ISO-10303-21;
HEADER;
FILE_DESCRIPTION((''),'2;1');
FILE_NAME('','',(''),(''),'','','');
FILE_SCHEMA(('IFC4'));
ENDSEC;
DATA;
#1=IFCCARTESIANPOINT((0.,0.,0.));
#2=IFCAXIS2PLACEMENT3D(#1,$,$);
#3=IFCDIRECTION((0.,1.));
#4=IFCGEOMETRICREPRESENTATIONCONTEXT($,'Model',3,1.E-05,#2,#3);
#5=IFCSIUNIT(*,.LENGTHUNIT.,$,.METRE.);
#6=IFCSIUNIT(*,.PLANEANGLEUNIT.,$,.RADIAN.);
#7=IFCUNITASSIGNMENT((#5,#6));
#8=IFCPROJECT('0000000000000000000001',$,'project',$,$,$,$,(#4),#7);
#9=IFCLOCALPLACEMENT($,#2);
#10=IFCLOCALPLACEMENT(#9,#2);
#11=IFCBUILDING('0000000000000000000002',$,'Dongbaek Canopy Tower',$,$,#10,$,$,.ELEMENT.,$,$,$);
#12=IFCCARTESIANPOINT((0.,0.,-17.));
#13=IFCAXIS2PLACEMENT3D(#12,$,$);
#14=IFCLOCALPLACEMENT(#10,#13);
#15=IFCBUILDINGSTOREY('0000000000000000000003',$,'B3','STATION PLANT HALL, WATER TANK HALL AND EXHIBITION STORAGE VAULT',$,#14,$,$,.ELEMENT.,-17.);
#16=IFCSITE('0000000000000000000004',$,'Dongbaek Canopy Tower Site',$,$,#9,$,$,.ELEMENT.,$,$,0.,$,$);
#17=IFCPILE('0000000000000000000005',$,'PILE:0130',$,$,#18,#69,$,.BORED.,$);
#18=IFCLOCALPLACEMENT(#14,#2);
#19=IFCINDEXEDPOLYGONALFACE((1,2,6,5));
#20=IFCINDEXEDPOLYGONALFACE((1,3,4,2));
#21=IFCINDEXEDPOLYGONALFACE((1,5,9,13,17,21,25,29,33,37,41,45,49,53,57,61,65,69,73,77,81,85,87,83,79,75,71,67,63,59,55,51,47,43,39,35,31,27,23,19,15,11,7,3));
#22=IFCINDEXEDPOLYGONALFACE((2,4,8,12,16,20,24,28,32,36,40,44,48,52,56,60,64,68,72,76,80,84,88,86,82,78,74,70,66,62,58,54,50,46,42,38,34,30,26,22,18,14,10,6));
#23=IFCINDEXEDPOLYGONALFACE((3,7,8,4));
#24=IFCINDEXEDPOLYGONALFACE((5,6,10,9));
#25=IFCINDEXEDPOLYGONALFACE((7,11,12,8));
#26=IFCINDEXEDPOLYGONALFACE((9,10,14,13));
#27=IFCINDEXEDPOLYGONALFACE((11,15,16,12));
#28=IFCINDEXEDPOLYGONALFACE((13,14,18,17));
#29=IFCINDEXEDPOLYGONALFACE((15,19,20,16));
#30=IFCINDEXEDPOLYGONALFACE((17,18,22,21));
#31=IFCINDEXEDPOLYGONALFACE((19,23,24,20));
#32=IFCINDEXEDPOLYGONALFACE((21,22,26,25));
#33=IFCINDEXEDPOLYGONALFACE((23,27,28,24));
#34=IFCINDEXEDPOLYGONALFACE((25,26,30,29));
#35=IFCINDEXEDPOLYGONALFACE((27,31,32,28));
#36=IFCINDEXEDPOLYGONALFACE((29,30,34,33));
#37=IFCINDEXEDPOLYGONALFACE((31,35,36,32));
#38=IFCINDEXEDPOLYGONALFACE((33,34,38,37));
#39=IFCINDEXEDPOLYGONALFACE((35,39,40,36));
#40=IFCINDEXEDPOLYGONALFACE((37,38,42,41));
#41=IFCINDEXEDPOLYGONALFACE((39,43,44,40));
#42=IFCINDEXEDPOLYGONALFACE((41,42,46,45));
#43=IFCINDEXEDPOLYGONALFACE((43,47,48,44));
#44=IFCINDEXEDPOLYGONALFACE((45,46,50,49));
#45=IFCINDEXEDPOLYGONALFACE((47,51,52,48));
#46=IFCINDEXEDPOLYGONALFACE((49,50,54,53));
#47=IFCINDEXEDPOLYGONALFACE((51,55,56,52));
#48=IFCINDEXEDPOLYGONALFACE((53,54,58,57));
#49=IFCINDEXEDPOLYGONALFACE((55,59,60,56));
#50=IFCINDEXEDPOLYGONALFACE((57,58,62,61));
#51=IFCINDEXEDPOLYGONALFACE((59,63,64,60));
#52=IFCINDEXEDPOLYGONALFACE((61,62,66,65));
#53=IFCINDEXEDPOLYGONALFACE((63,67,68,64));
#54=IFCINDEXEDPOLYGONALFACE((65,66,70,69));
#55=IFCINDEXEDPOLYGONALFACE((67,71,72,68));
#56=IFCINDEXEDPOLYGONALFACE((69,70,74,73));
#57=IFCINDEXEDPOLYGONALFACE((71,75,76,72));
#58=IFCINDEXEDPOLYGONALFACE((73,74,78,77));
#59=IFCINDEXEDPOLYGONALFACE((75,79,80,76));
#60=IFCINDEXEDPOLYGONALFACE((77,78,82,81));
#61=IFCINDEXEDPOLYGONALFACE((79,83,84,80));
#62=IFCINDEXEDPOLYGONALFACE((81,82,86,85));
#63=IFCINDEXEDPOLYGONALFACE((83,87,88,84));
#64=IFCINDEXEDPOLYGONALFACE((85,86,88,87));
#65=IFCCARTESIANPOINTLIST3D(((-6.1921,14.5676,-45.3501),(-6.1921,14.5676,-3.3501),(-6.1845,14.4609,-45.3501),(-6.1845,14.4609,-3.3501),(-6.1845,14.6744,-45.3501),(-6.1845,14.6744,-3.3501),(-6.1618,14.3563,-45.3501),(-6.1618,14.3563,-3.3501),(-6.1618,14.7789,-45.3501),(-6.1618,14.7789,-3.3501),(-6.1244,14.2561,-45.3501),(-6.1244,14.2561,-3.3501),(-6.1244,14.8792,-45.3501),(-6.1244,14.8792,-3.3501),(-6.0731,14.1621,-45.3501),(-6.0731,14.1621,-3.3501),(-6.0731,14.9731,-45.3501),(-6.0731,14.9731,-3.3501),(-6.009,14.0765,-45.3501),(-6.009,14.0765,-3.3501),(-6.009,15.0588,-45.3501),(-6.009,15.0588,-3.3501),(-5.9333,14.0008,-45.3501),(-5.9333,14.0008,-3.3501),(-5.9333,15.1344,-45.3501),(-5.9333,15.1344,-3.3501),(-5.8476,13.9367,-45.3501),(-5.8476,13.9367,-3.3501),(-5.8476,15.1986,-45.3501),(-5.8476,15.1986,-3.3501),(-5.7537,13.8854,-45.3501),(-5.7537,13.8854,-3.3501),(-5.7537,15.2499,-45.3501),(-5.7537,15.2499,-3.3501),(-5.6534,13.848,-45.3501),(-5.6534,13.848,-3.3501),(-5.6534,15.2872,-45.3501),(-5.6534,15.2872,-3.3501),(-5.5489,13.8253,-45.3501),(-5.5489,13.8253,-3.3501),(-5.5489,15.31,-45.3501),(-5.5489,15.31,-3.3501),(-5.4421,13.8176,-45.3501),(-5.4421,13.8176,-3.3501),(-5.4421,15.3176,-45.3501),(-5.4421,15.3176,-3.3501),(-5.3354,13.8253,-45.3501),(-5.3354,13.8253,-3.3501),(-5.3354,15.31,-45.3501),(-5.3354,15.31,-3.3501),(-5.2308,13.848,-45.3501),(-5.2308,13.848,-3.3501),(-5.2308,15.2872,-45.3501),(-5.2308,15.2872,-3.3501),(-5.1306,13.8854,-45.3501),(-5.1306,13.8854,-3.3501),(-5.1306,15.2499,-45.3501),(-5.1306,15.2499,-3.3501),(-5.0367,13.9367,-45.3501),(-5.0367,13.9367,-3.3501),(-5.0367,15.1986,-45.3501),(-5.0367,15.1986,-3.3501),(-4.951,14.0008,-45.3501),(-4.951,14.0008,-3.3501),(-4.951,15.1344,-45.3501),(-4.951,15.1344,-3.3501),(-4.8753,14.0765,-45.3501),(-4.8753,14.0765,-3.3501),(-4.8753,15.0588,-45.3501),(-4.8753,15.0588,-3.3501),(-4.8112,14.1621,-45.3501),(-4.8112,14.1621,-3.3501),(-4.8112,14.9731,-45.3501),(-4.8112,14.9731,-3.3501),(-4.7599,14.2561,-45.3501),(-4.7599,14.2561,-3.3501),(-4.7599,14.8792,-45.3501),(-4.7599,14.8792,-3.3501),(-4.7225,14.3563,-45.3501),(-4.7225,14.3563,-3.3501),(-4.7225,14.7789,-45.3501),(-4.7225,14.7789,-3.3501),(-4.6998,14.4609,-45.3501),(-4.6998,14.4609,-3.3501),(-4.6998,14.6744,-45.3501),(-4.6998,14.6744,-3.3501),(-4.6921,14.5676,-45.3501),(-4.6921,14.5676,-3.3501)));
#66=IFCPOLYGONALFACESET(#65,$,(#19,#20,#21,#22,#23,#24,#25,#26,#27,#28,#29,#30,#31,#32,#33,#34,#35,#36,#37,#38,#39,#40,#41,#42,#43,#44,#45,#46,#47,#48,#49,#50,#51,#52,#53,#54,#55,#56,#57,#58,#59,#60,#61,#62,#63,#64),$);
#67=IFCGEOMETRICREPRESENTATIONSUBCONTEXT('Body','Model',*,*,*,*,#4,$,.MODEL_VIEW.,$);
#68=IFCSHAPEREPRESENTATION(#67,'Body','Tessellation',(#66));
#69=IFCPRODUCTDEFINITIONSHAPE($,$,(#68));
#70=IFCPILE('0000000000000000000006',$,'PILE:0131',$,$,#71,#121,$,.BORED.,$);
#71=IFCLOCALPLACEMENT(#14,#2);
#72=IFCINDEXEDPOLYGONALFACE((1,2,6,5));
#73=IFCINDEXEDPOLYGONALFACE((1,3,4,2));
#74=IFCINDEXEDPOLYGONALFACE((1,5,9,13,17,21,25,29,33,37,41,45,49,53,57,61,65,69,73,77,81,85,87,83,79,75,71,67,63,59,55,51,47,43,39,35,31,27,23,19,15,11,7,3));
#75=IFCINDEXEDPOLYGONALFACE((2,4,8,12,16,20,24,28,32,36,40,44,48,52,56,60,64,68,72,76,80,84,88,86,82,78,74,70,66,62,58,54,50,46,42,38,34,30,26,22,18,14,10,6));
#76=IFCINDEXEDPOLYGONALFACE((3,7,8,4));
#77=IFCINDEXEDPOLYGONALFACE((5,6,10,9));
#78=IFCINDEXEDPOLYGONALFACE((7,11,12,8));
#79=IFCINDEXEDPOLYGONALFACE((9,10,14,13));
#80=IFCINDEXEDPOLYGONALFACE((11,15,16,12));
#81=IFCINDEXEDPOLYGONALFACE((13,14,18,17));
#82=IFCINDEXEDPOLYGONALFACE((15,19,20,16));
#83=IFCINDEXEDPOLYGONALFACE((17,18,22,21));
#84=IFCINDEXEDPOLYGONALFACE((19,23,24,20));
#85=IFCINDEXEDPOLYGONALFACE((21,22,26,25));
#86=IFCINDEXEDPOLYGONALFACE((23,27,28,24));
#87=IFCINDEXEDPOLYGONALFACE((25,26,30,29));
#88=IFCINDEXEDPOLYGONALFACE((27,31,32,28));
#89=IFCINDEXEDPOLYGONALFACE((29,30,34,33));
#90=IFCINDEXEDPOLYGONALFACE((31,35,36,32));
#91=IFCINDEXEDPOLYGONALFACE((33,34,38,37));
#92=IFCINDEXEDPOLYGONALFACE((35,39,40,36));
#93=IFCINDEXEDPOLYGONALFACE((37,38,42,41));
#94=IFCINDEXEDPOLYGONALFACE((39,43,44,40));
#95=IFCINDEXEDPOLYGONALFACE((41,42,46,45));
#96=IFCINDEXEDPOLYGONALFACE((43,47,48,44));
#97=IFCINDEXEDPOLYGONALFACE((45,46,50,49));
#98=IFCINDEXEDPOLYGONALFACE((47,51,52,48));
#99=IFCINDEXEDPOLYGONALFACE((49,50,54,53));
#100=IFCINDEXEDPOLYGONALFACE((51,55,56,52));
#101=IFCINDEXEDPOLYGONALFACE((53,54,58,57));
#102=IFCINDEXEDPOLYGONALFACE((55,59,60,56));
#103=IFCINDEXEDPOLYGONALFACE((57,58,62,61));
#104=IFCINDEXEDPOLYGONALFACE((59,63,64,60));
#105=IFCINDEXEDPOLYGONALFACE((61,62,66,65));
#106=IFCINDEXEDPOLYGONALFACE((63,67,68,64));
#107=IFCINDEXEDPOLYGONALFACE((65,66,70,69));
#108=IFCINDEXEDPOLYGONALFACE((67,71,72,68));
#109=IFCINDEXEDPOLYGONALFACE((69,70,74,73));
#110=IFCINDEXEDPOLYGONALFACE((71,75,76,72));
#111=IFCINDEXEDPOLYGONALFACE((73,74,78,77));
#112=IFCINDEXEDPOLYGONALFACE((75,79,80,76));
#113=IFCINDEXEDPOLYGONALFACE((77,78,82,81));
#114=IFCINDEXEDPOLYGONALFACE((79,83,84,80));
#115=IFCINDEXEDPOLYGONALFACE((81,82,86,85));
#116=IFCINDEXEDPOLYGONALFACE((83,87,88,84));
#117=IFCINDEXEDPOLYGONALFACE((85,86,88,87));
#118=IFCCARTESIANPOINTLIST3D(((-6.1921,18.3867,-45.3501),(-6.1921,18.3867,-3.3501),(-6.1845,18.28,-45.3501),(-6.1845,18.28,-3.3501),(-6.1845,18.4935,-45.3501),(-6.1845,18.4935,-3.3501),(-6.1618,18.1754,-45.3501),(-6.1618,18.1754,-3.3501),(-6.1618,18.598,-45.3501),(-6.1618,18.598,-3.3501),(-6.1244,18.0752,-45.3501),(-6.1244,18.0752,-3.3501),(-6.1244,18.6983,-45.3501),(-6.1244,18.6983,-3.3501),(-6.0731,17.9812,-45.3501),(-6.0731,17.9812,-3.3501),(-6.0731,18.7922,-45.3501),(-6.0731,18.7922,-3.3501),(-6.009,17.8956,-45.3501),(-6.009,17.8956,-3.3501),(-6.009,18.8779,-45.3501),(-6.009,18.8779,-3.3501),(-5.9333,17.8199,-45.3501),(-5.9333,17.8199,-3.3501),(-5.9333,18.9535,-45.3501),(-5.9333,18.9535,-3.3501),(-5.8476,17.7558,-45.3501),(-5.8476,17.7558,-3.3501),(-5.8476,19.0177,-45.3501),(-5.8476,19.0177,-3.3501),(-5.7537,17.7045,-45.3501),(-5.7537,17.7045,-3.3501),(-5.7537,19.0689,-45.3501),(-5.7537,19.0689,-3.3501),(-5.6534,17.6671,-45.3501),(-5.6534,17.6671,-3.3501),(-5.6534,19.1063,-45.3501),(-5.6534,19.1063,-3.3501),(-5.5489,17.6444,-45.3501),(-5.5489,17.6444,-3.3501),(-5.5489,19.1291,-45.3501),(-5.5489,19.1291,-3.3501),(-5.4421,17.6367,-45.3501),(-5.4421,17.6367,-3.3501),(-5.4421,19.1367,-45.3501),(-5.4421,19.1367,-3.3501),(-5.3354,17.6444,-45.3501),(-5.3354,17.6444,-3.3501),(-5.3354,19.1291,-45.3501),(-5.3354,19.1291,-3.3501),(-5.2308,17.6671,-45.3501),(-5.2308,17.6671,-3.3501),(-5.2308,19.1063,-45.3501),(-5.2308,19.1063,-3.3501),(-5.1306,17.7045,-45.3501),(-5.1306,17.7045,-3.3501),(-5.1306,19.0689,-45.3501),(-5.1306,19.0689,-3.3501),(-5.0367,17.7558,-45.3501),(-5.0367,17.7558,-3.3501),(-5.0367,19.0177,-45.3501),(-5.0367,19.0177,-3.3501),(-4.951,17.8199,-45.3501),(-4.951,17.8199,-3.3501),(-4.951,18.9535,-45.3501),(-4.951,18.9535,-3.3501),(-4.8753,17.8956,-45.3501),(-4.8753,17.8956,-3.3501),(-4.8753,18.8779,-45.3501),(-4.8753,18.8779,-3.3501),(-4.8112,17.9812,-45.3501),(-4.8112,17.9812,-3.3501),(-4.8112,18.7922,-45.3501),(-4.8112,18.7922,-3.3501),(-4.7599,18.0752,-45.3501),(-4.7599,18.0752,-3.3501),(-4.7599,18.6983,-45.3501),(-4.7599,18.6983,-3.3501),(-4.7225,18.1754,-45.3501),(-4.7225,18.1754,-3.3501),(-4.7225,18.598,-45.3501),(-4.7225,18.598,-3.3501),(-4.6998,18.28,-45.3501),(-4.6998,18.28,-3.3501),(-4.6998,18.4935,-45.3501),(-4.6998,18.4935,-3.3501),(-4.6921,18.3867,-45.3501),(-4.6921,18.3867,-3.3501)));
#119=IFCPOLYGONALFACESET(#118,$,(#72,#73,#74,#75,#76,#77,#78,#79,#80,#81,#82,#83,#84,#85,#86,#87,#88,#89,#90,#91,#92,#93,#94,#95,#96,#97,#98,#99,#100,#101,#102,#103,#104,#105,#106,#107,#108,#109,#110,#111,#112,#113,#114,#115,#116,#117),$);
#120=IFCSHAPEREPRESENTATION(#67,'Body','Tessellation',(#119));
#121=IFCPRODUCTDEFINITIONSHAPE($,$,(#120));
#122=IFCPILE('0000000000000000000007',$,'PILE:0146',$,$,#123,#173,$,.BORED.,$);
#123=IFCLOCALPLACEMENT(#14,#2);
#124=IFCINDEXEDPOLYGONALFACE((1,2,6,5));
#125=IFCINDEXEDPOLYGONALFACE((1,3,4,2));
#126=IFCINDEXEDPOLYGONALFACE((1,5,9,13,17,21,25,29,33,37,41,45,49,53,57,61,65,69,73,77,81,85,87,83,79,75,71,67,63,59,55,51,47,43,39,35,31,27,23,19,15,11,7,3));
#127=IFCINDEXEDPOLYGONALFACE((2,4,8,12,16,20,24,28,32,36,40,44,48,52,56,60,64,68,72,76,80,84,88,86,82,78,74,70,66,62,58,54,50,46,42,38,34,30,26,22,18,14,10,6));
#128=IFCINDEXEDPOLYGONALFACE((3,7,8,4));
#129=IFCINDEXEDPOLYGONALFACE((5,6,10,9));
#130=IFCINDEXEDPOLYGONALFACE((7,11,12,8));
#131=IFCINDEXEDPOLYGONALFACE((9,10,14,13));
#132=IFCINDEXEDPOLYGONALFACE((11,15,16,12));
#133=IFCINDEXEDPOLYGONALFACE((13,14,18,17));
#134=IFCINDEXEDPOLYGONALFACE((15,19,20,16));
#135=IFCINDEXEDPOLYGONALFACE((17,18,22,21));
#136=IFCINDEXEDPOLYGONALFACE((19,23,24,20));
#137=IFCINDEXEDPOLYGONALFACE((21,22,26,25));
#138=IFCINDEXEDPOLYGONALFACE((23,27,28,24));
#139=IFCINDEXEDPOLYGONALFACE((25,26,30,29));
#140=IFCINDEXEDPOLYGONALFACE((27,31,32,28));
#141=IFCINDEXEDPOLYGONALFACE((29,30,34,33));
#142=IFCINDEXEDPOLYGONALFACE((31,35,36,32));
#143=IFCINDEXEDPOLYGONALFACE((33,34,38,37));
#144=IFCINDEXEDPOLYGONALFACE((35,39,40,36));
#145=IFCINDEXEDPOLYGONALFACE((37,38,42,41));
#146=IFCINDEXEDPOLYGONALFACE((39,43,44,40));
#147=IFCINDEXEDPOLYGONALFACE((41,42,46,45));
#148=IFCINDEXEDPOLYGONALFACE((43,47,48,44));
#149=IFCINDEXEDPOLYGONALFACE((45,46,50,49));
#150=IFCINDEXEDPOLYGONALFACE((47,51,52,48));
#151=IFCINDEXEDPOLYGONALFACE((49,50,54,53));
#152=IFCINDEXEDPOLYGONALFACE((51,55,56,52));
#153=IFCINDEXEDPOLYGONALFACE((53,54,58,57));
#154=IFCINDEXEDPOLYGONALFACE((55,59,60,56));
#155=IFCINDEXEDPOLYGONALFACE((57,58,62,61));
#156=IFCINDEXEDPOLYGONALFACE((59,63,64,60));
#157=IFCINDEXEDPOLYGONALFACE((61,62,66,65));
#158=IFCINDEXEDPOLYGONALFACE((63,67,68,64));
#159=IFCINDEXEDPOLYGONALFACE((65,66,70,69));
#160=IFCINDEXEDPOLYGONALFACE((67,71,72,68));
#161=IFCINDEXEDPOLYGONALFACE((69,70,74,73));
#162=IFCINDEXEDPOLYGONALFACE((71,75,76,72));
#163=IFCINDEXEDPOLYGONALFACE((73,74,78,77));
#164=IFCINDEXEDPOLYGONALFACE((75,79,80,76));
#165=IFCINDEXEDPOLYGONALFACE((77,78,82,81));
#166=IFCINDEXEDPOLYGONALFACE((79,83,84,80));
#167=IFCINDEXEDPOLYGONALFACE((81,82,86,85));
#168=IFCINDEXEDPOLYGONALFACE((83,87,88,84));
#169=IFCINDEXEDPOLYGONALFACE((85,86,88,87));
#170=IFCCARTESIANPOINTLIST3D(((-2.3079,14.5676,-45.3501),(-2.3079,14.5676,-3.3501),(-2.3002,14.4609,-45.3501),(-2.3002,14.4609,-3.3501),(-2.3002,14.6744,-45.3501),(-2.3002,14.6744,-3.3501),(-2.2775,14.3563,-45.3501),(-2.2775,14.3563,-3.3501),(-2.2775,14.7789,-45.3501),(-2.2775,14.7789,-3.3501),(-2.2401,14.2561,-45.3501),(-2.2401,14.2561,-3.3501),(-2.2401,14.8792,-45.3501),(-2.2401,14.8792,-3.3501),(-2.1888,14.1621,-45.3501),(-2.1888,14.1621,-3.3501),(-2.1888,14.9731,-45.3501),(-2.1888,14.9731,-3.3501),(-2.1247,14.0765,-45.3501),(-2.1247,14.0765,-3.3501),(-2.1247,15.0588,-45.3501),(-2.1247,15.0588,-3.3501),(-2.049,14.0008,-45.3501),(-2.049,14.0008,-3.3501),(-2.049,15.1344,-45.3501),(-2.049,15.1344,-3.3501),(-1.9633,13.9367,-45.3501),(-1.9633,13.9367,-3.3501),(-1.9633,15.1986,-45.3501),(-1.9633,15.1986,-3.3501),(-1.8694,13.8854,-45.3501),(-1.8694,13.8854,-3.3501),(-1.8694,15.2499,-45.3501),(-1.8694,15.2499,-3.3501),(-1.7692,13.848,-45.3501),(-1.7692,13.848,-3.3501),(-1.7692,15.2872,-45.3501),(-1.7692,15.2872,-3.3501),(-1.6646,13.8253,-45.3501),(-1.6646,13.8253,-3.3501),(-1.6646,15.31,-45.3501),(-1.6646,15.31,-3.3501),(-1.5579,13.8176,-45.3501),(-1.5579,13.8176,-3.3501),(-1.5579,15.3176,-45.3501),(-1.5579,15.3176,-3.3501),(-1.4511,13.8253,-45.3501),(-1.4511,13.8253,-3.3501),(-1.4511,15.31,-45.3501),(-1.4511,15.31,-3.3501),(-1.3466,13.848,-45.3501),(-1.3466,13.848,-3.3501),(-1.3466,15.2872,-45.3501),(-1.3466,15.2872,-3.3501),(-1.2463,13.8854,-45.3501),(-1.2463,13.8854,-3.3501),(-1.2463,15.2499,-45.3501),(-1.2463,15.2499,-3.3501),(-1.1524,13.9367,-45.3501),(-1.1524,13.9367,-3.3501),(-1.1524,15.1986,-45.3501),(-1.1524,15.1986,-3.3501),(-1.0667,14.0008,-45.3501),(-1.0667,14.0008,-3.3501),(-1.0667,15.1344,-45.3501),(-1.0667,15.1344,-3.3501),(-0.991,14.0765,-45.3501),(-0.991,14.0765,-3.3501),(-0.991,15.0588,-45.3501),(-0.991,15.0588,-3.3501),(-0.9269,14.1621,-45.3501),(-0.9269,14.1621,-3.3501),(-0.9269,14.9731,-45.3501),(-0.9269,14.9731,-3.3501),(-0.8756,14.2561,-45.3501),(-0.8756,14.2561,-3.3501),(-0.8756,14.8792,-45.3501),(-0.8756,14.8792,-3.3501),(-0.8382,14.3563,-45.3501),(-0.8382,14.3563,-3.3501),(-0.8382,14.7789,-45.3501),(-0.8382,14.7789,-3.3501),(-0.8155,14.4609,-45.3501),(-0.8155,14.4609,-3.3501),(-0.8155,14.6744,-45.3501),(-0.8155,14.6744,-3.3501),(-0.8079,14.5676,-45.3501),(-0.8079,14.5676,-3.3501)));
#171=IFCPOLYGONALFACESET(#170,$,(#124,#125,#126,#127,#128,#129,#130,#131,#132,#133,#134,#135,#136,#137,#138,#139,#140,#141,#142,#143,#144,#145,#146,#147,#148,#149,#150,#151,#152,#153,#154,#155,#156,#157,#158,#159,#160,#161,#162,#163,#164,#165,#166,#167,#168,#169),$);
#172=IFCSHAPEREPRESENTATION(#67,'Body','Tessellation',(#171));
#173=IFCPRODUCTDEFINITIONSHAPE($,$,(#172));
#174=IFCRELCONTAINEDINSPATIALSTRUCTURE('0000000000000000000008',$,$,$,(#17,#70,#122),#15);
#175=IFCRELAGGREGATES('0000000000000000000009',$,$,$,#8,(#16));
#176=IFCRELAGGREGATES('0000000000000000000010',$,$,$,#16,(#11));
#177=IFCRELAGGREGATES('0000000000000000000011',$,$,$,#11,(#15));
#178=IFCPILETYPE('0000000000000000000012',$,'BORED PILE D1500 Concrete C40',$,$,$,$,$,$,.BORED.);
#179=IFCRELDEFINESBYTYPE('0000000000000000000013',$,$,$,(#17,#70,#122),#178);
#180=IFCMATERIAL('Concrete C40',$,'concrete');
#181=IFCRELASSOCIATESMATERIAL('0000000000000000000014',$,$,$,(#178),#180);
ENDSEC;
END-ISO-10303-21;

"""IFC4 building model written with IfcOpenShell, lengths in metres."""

from ifc_helpers import new_model, si_unit, direction, frame, origin, origin_2d, place, context, subcontext, project, spatial, circle, extrude, material, material_profile, profile_set, type_object, element, save


model = new_model("IFC4")

# Units and contexts
model_context = context("Model", 3, precision=1e-05, world=origin(), true_north=direction((0.0, 1.0)))
body_context = subcontext(model_context, "Body", "Model", "MODEL_VIEW")
ifc_project = project(units=[si_unit("LENGTHUNIT", "METRE"), si_unit("PLANEANGLEUNIT", "RADIAN")], contexts=[model_context])

# Site, building, storey
site_placement = place(None, origin())
site = spatial("IfcSite", under=ifc_project, at=site_placement, Name="Dongbaek Canopy Tower Site", CompositionType="ELEMENT", RefElevation=0.0)
building_placement = place(site_placement, origin())
building = spatial("IfcBuilding", under=site, at=building_placement, Name="Dongbaek Canopy Tower", CompositionType="ELEMENT")
storey_placement = place(building_placement, frame((0.0, 0.0, -17.0)))
storey = spatial("IfcBuildingStorey", under=building, at=storey_placement, Name="B3", Description="STATION PLANT HALL, WATER TANK HALL AND EXHIBITION STORAGE VAULT", CompositionType="ELEMENT", Elevation=-17.0)

# Piles
ifc_material_1 = material(Name="Concrete C40", Category="concrete")
ifc_material_profile_1 = material_profile(ifc_material_1, circle(Radius=0.75, at=origin_2d()), Name="BORED PILE D1500 Concrete C40")
ifc_profile_set_1 = profile_set([ifc_material_profile_1], Name="Concrete C40")
pile_type = type_object("IfcPileType", Name="BORED PILE D1500 Concrete C40", PredefinedType="BORED", material=ifc_profile_set_1)
for number, where, z_axis, x_axis, name in (
    (1, (-5.4421, 14.5676, -3.3501), (0.0, 0.0, -1.0), (1.0, 0.0, 0.0), "PILE:0130"),
    (2, (-5.4421, 18.3867, -3.3501), (0.0, 0.0, -1.0), (1.0, 0.0, 0.0), "PILE:0131"),
    (3, (-1.5579, 14.5676, -3.3501), (0.0, 0.0, -1.0), (1.0, 0.0, 0.0), "PILE:0146"),
):
    element("IfcPile", number, at=place(storey_placement, frame(where, z_axis=z_axis, x_axis=x_axis)), inside=storey, type_object=pile_type, Name=name, PredefinedType="BORED", context=body_context, shape_type="SweptSolid", body=[
        extrude(circle(Radius=0.75, at=origin_2d()), origin(), (0.0, 0.0, 1.0), 42.0),
    ])

save(model, "model.ifc")
